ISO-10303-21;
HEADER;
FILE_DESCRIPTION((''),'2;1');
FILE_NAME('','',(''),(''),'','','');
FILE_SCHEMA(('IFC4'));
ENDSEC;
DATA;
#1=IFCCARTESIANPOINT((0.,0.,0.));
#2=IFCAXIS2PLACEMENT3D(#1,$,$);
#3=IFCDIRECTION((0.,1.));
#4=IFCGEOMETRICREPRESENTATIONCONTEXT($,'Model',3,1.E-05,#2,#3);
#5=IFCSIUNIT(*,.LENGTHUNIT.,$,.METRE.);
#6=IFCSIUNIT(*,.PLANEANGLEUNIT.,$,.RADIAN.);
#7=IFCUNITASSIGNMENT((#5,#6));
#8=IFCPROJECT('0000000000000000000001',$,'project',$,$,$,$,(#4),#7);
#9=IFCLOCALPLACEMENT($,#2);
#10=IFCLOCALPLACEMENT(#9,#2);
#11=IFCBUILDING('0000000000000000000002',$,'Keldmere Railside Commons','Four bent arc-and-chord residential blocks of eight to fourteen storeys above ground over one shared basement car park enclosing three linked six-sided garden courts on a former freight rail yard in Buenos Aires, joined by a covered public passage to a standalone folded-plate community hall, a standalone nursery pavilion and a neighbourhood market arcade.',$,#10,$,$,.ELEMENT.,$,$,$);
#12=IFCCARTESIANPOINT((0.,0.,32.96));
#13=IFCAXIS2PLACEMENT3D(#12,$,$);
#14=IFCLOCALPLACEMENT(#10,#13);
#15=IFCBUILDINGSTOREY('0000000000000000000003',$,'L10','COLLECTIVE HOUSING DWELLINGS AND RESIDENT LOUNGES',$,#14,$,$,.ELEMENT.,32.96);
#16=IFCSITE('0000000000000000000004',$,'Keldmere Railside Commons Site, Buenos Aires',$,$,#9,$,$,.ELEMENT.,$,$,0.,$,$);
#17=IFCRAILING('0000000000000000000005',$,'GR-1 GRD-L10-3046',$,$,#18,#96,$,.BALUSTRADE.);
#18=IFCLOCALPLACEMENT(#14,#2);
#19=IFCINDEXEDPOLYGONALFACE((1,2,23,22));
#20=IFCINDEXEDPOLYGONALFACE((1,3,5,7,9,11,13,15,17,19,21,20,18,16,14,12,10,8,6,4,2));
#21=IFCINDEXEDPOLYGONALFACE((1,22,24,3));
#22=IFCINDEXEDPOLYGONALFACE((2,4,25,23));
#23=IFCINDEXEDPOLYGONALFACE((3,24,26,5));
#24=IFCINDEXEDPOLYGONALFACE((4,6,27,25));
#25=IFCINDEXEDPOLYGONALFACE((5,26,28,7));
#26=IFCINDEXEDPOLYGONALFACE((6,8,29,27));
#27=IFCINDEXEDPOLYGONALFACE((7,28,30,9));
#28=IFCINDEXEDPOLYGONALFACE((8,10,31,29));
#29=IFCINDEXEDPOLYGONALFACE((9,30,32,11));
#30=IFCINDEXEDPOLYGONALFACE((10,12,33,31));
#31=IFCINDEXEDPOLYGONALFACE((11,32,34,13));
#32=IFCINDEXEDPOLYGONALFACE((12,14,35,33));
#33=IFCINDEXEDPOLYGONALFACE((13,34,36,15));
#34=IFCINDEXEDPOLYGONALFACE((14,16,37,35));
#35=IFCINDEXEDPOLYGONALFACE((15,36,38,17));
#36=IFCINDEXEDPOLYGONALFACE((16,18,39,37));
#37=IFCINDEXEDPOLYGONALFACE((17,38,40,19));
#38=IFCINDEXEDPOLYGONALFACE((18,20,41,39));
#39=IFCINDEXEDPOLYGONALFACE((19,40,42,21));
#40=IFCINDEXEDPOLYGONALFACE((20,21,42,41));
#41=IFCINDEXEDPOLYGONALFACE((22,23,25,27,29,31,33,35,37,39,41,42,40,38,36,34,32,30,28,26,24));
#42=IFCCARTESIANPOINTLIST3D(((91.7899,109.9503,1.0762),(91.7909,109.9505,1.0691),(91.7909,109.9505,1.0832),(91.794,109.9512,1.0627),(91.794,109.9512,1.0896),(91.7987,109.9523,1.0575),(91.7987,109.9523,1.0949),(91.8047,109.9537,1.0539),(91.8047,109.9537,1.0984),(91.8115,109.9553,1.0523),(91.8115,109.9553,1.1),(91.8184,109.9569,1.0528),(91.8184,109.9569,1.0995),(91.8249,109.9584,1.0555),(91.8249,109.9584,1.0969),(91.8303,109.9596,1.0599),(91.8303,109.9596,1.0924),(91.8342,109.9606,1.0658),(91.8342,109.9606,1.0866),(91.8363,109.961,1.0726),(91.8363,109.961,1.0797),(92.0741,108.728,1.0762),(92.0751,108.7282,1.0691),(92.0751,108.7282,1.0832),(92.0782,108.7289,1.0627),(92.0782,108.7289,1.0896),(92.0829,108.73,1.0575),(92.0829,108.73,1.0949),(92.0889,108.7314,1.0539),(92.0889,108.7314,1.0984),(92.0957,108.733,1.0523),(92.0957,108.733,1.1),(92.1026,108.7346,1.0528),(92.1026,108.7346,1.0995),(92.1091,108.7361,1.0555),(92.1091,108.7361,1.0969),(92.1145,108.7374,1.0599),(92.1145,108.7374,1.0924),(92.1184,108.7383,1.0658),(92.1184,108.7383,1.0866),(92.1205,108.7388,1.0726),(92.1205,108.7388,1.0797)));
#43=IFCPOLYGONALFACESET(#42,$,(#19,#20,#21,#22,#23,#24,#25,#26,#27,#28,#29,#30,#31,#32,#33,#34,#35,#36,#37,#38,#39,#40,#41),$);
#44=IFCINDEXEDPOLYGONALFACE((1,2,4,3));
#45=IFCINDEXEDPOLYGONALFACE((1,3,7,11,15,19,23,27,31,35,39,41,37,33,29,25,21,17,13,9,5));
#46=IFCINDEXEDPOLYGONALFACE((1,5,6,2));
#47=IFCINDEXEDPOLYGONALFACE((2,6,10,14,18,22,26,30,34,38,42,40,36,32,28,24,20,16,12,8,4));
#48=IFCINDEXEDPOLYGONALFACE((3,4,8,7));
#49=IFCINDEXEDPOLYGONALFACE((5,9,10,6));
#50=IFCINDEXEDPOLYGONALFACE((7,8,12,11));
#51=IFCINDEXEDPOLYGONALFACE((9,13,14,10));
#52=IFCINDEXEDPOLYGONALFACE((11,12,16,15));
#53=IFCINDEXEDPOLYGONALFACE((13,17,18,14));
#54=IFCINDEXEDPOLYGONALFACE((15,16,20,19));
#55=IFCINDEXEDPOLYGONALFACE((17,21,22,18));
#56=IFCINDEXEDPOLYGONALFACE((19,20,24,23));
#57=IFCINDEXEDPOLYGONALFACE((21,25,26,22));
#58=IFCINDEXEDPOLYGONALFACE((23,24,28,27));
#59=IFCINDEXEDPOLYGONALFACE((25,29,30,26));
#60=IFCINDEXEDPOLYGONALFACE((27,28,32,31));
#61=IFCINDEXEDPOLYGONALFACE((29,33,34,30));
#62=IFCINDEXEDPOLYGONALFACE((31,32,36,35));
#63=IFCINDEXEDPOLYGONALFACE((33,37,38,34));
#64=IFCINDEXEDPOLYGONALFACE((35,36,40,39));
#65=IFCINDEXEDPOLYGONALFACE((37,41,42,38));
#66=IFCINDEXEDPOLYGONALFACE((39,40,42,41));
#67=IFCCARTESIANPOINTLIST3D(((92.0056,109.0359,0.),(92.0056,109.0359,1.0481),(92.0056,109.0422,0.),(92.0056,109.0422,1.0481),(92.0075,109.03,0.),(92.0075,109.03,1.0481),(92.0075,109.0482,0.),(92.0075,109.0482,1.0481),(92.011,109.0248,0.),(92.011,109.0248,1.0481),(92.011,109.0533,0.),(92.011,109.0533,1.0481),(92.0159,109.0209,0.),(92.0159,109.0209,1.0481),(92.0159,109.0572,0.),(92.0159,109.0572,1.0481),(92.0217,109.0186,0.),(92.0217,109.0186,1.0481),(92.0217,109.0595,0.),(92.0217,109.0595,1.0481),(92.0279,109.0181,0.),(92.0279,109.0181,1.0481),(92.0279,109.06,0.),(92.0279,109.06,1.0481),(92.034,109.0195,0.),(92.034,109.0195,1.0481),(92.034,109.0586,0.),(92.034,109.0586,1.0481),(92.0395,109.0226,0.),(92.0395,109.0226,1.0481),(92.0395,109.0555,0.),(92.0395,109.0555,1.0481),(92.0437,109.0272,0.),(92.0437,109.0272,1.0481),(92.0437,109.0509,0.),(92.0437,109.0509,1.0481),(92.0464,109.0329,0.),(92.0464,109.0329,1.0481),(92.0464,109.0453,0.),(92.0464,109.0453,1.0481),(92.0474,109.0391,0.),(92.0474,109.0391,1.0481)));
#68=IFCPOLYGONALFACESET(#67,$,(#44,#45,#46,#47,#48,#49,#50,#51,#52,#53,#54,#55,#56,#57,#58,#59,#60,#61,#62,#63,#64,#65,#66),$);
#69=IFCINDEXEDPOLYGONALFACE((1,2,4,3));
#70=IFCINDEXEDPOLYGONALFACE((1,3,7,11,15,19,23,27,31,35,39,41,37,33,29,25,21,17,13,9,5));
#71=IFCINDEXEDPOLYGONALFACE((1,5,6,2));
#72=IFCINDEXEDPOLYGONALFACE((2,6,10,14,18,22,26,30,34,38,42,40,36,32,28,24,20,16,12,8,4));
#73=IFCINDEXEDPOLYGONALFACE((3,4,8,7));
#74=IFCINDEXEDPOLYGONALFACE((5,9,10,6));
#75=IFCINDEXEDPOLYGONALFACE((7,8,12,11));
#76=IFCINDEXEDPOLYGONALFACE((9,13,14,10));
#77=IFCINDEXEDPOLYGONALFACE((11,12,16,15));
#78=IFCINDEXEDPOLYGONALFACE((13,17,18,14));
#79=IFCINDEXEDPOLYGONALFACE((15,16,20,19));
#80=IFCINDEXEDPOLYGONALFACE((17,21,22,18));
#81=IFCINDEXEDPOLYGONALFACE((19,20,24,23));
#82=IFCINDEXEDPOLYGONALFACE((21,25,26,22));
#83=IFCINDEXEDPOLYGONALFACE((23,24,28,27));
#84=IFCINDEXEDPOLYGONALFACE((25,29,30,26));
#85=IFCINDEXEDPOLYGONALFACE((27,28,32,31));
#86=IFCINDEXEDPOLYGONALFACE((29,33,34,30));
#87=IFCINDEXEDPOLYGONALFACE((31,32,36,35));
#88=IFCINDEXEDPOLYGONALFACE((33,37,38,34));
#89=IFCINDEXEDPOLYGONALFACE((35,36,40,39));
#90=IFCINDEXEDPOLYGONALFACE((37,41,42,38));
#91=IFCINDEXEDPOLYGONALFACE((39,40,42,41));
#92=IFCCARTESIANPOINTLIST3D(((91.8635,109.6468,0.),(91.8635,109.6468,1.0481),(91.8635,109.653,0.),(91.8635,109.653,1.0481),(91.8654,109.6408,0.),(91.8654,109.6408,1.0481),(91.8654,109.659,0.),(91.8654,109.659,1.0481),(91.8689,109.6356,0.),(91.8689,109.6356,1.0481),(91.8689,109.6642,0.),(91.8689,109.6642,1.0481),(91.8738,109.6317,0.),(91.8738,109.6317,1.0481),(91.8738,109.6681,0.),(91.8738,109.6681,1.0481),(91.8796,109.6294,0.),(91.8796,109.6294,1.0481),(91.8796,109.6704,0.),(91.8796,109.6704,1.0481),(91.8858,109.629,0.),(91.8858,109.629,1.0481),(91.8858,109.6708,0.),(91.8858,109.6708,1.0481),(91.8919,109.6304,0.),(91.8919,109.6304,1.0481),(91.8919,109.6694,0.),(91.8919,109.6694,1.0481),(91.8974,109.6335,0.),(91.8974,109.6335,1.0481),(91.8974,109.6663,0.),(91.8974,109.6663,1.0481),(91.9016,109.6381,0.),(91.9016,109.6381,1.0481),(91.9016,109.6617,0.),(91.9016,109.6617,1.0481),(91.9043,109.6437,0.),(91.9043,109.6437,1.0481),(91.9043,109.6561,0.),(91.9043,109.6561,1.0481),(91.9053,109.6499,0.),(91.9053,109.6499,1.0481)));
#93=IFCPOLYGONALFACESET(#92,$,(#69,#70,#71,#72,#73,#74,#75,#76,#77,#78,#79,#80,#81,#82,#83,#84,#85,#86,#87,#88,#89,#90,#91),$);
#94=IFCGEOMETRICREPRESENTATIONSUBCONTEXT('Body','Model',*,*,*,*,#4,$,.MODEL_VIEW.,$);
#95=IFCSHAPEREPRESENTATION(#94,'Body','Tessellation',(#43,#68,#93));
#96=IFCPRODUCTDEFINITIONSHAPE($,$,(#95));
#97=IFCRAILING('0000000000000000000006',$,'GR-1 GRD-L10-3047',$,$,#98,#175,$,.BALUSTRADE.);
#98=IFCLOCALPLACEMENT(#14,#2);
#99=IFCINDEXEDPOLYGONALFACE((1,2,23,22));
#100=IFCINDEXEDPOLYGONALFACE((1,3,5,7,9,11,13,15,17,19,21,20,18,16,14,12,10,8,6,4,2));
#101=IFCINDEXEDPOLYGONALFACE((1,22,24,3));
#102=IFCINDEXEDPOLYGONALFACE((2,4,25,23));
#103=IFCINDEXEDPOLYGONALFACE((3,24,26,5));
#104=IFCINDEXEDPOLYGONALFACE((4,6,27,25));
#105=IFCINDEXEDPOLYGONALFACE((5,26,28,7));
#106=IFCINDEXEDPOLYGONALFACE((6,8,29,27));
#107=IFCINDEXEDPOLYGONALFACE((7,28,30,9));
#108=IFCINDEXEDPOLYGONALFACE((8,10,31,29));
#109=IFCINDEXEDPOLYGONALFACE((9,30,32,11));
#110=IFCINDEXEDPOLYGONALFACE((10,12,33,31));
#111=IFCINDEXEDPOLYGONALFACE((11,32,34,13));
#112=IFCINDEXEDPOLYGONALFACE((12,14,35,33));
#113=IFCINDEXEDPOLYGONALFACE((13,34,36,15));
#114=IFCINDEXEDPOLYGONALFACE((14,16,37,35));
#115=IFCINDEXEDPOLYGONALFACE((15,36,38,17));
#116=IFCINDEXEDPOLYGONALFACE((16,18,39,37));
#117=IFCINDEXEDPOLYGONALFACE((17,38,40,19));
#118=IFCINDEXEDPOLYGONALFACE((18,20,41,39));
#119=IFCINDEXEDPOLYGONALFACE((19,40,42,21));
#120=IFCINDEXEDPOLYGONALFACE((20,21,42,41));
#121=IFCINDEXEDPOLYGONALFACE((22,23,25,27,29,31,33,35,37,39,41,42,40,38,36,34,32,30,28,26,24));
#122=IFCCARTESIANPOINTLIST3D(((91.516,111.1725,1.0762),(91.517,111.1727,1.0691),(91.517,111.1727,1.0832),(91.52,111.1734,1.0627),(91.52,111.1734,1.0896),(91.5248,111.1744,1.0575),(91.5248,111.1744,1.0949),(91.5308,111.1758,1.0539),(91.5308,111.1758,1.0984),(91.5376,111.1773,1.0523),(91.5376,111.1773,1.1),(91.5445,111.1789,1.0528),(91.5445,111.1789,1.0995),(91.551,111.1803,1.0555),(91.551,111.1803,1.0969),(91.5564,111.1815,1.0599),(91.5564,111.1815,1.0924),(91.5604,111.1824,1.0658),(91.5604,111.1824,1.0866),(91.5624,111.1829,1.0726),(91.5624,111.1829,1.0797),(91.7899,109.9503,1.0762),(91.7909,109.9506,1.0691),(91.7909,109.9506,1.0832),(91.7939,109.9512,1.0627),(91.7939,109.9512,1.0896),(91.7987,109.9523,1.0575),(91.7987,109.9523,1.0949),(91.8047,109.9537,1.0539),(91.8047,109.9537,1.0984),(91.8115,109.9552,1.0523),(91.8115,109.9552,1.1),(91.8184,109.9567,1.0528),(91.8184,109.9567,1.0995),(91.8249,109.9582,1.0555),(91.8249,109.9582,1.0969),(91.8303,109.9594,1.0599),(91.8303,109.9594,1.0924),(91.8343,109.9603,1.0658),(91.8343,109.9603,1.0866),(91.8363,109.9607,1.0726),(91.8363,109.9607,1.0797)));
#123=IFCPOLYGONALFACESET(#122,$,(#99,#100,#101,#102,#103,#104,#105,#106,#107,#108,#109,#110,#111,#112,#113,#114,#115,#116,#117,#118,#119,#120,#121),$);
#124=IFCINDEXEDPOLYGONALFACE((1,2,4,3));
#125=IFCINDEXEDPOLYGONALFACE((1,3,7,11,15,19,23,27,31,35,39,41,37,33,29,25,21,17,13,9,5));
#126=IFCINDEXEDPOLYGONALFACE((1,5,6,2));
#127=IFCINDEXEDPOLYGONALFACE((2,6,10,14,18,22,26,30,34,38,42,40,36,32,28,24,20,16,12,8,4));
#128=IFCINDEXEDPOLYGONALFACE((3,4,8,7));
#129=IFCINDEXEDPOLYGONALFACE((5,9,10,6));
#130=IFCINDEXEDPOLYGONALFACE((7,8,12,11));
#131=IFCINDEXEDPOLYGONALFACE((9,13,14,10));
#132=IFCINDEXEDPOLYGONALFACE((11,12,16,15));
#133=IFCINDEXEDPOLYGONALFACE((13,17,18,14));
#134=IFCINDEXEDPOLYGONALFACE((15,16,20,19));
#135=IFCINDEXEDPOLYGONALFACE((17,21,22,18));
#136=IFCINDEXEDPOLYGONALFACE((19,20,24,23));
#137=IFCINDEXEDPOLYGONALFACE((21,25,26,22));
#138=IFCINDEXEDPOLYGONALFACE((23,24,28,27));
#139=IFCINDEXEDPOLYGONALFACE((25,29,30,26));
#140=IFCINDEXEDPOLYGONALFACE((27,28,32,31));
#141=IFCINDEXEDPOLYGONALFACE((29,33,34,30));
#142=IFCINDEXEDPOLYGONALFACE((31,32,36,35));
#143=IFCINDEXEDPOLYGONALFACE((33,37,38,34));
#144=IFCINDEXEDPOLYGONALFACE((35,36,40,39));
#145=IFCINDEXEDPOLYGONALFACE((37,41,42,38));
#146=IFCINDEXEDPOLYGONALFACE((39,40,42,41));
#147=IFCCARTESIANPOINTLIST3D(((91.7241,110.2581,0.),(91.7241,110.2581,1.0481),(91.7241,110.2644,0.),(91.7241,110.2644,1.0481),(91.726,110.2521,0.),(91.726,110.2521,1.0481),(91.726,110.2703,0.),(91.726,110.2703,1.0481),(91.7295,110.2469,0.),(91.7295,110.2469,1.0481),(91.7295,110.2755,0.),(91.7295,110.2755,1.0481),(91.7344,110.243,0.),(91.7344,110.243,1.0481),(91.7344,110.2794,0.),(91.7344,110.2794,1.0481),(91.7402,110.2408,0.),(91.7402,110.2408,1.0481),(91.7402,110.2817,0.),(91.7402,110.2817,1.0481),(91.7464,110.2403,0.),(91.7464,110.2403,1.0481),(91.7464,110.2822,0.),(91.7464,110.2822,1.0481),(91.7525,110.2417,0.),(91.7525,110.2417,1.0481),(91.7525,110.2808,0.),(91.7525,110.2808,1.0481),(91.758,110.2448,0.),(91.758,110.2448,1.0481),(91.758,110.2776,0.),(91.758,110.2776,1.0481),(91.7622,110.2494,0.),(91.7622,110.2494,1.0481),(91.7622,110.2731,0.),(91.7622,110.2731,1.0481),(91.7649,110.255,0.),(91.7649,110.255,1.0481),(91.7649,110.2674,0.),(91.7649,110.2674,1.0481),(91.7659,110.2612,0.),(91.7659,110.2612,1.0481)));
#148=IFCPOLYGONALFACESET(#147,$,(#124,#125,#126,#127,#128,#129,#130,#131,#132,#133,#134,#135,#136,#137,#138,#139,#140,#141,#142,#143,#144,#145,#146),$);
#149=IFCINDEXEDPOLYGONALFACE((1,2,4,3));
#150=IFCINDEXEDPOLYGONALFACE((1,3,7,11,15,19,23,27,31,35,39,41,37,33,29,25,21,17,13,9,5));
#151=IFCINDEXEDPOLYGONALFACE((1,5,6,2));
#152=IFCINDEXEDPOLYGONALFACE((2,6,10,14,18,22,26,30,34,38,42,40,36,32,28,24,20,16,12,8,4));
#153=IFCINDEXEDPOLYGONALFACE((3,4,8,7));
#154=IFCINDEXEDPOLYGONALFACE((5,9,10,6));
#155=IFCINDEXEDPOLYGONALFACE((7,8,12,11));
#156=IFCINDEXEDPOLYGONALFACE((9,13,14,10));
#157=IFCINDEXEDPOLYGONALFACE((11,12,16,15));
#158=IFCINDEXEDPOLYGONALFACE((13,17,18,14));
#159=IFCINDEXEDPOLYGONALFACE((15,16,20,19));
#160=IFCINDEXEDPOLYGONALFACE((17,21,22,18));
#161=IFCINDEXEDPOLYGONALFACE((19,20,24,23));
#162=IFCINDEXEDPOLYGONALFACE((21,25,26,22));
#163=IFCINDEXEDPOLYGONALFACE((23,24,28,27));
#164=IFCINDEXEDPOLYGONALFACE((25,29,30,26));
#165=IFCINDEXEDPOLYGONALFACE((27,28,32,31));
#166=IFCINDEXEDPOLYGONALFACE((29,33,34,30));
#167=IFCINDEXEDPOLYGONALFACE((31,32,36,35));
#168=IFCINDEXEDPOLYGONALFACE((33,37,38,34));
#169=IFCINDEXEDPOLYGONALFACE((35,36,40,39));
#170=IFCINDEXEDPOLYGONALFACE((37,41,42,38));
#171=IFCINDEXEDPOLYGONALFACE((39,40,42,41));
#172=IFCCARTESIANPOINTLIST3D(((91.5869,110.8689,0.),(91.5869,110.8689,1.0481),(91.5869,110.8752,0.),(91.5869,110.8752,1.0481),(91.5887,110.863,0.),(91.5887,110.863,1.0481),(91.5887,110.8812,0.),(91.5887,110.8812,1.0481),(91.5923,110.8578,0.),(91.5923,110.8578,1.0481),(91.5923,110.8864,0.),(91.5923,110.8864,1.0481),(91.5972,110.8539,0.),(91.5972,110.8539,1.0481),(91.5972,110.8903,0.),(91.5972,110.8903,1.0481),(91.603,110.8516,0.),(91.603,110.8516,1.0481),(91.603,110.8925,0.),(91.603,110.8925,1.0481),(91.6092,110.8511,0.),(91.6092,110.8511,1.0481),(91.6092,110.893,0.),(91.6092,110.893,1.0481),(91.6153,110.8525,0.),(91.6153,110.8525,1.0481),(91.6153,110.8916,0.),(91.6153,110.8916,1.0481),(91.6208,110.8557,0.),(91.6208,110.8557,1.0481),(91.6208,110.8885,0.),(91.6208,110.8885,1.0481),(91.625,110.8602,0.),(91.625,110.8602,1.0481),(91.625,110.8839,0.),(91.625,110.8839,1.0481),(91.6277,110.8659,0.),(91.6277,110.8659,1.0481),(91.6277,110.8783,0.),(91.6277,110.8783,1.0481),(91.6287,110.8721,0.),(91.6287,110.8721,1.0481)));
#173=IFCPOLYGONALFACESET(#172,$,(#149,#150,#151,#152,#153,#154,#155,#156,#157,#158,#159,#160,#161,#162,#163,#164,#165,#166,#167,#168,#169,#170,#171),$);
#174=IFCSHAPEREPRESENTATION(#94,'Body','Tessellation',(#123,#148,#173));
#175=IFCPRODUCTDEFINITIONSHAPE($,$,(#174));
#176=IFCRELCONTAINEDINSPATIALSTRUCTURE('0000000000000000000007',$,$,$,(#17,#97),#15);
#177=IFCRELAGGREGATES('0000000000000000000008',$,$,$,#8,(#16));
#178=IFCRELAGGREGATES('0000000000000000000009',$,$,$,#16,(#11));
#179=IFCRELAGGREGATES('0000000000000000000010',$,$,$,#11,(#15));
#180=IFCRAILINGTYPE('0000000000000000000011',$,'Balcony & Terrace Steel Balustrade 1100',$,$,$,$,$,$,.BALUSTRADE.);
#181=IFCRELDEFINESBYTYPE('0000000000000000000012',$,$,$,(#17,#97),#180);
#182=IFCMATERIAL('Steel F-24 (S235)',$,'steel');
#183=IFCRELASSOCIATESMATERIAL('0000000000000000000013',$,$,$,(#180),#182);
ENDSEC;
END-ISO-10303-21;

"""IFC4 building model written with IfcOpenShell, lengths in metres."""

from ifc_helpers import new_model, si_unit, direction, frame, origin, origin_2d, place, context, subcontext, project, spatial, circle, extrude, material, type_object, element, save


model = new_model("IFC4")

# Units and contexts
model_context = context("Model", 3, precision=1e-05, world=origin(), true_north=direction((0.0, 1.0)))
body_context = subcontext(model_context, "Body", "Model", "MODEL_VIEW")
ifc_project = project(units=[si_unit("LENGTHUNIT", "METRE"), si_unit("PLANEANGLEUNIT", "RADIAN")], contexts=[model_context])

# Site, building, storey
site_placement = place(None, origin())
site = spatial("IfcSite", under=ifc_project, at=site_placement, Name="Keldmere Railside Commons Site, Buenos Aires", CompositionType="ELEMENT", RefElevation=0.0)
building_placement = place(site_placement, origin())
building = spatial("IfcBuilding", under=site, at=building_placement, Name="Keldmere Railside Commons", Description="Four bent arc-and-chord residential blocks of eight to fourteen storeys above ground over one shared basement car park enclosing three linked six-sided garden courts on a former freight rail yard in Buenos Aires, joined by a covered public passage to a standalone folded-plate community hall, a standalone nursery pavilion and a neighbourhood market arcade.", CompositionType="ELEMENT")
storey_placement = place(building_placement, frame((0.0, 0.0, 32.96)))
storey = spatial("IfcBuildingStorey", under=building, at=storey_placement, Name="L10", Description="COLLECTIVE HOUSING DWELLINGS AND RESIDENT LOUNGES", CompositionType="ELEMENT", Elevation=32.96)

# Shared definitions
ifc_material_1 = material(Name="Steel F-24 (S235)", Category="steel")

# Railings
railing_type = type_object("IfcRailingType", Name="Balcony & Terrace Steel Balustrade 1100", PredefinedType="BALUSTRADE", material=ifc_material_1)
railing_1_placement = place(storey_placement, frame((92.0974, 108.7334, 0.0)))
element("IfcRailing", 1, at=railing_1_placement, inside=storey, type_object=railing_type, Name="GR-1 GRD-L10-3046", PredefinedType="BALUSTRADE", context=body_context, shape_type="SweptSolid", body=[
    extrude(circle(Radius=0.0239, at=origin_2d()), frame((0.0, 0.0, 1.0762), z_axis=(-0.226479, 0.974016, 0.0), x_axis=(-0.974016, -0.226479, 0.0)), (0.0, 0.0, 1.0), 1.2549),
    extrude(circle(Radius=0.021, at=origin_2d()), frame((-0.071, 0.3057, 0.0)), (0.0, 0.0, 1.0), 1.0481),
    extrude(circle(Radius=0.021, at=origin_2d()), frame((-0.2131, 0.9165, 0.0)), (0.0, 0.0, 1.0), 1.0481),
])
railing_2_placement = place(storey_placement, frame((91.8132, 109.9556, 0.0)))
element("IfcRailing", 2, at=railing_2_placement, inside=storey, type_object=railing_type, Name="GR-1 GRD-L10-3047", PredefinedType="BALUSTRADE", context=body_context, shape_type="SweptSolid", body=[
    extrude(circle(Radius=0.0239, at=origin_2d()), frame((0.0, 0.0, 1.0762), z_axis=(-0.218705, 0.975791, 0.0), x_axis=(-0.975791, -0.218705, 0.0)), (0.0, 0.0, 1.0), 1.2524),
    extrude(circle(Radius=0.021, at=origin_2d()), frame((-0.0684, 0.3057, 0.0)), (0.0, 0.0, 1.0), 1.0481),
    extrude(circle(Radius=0.021, at=origin_2d()), frame((-0.2056, 0.9165, 0.0)), (0.0, 0.0, 1.0), 1.0481),
])

save(model, "model.ifc")
